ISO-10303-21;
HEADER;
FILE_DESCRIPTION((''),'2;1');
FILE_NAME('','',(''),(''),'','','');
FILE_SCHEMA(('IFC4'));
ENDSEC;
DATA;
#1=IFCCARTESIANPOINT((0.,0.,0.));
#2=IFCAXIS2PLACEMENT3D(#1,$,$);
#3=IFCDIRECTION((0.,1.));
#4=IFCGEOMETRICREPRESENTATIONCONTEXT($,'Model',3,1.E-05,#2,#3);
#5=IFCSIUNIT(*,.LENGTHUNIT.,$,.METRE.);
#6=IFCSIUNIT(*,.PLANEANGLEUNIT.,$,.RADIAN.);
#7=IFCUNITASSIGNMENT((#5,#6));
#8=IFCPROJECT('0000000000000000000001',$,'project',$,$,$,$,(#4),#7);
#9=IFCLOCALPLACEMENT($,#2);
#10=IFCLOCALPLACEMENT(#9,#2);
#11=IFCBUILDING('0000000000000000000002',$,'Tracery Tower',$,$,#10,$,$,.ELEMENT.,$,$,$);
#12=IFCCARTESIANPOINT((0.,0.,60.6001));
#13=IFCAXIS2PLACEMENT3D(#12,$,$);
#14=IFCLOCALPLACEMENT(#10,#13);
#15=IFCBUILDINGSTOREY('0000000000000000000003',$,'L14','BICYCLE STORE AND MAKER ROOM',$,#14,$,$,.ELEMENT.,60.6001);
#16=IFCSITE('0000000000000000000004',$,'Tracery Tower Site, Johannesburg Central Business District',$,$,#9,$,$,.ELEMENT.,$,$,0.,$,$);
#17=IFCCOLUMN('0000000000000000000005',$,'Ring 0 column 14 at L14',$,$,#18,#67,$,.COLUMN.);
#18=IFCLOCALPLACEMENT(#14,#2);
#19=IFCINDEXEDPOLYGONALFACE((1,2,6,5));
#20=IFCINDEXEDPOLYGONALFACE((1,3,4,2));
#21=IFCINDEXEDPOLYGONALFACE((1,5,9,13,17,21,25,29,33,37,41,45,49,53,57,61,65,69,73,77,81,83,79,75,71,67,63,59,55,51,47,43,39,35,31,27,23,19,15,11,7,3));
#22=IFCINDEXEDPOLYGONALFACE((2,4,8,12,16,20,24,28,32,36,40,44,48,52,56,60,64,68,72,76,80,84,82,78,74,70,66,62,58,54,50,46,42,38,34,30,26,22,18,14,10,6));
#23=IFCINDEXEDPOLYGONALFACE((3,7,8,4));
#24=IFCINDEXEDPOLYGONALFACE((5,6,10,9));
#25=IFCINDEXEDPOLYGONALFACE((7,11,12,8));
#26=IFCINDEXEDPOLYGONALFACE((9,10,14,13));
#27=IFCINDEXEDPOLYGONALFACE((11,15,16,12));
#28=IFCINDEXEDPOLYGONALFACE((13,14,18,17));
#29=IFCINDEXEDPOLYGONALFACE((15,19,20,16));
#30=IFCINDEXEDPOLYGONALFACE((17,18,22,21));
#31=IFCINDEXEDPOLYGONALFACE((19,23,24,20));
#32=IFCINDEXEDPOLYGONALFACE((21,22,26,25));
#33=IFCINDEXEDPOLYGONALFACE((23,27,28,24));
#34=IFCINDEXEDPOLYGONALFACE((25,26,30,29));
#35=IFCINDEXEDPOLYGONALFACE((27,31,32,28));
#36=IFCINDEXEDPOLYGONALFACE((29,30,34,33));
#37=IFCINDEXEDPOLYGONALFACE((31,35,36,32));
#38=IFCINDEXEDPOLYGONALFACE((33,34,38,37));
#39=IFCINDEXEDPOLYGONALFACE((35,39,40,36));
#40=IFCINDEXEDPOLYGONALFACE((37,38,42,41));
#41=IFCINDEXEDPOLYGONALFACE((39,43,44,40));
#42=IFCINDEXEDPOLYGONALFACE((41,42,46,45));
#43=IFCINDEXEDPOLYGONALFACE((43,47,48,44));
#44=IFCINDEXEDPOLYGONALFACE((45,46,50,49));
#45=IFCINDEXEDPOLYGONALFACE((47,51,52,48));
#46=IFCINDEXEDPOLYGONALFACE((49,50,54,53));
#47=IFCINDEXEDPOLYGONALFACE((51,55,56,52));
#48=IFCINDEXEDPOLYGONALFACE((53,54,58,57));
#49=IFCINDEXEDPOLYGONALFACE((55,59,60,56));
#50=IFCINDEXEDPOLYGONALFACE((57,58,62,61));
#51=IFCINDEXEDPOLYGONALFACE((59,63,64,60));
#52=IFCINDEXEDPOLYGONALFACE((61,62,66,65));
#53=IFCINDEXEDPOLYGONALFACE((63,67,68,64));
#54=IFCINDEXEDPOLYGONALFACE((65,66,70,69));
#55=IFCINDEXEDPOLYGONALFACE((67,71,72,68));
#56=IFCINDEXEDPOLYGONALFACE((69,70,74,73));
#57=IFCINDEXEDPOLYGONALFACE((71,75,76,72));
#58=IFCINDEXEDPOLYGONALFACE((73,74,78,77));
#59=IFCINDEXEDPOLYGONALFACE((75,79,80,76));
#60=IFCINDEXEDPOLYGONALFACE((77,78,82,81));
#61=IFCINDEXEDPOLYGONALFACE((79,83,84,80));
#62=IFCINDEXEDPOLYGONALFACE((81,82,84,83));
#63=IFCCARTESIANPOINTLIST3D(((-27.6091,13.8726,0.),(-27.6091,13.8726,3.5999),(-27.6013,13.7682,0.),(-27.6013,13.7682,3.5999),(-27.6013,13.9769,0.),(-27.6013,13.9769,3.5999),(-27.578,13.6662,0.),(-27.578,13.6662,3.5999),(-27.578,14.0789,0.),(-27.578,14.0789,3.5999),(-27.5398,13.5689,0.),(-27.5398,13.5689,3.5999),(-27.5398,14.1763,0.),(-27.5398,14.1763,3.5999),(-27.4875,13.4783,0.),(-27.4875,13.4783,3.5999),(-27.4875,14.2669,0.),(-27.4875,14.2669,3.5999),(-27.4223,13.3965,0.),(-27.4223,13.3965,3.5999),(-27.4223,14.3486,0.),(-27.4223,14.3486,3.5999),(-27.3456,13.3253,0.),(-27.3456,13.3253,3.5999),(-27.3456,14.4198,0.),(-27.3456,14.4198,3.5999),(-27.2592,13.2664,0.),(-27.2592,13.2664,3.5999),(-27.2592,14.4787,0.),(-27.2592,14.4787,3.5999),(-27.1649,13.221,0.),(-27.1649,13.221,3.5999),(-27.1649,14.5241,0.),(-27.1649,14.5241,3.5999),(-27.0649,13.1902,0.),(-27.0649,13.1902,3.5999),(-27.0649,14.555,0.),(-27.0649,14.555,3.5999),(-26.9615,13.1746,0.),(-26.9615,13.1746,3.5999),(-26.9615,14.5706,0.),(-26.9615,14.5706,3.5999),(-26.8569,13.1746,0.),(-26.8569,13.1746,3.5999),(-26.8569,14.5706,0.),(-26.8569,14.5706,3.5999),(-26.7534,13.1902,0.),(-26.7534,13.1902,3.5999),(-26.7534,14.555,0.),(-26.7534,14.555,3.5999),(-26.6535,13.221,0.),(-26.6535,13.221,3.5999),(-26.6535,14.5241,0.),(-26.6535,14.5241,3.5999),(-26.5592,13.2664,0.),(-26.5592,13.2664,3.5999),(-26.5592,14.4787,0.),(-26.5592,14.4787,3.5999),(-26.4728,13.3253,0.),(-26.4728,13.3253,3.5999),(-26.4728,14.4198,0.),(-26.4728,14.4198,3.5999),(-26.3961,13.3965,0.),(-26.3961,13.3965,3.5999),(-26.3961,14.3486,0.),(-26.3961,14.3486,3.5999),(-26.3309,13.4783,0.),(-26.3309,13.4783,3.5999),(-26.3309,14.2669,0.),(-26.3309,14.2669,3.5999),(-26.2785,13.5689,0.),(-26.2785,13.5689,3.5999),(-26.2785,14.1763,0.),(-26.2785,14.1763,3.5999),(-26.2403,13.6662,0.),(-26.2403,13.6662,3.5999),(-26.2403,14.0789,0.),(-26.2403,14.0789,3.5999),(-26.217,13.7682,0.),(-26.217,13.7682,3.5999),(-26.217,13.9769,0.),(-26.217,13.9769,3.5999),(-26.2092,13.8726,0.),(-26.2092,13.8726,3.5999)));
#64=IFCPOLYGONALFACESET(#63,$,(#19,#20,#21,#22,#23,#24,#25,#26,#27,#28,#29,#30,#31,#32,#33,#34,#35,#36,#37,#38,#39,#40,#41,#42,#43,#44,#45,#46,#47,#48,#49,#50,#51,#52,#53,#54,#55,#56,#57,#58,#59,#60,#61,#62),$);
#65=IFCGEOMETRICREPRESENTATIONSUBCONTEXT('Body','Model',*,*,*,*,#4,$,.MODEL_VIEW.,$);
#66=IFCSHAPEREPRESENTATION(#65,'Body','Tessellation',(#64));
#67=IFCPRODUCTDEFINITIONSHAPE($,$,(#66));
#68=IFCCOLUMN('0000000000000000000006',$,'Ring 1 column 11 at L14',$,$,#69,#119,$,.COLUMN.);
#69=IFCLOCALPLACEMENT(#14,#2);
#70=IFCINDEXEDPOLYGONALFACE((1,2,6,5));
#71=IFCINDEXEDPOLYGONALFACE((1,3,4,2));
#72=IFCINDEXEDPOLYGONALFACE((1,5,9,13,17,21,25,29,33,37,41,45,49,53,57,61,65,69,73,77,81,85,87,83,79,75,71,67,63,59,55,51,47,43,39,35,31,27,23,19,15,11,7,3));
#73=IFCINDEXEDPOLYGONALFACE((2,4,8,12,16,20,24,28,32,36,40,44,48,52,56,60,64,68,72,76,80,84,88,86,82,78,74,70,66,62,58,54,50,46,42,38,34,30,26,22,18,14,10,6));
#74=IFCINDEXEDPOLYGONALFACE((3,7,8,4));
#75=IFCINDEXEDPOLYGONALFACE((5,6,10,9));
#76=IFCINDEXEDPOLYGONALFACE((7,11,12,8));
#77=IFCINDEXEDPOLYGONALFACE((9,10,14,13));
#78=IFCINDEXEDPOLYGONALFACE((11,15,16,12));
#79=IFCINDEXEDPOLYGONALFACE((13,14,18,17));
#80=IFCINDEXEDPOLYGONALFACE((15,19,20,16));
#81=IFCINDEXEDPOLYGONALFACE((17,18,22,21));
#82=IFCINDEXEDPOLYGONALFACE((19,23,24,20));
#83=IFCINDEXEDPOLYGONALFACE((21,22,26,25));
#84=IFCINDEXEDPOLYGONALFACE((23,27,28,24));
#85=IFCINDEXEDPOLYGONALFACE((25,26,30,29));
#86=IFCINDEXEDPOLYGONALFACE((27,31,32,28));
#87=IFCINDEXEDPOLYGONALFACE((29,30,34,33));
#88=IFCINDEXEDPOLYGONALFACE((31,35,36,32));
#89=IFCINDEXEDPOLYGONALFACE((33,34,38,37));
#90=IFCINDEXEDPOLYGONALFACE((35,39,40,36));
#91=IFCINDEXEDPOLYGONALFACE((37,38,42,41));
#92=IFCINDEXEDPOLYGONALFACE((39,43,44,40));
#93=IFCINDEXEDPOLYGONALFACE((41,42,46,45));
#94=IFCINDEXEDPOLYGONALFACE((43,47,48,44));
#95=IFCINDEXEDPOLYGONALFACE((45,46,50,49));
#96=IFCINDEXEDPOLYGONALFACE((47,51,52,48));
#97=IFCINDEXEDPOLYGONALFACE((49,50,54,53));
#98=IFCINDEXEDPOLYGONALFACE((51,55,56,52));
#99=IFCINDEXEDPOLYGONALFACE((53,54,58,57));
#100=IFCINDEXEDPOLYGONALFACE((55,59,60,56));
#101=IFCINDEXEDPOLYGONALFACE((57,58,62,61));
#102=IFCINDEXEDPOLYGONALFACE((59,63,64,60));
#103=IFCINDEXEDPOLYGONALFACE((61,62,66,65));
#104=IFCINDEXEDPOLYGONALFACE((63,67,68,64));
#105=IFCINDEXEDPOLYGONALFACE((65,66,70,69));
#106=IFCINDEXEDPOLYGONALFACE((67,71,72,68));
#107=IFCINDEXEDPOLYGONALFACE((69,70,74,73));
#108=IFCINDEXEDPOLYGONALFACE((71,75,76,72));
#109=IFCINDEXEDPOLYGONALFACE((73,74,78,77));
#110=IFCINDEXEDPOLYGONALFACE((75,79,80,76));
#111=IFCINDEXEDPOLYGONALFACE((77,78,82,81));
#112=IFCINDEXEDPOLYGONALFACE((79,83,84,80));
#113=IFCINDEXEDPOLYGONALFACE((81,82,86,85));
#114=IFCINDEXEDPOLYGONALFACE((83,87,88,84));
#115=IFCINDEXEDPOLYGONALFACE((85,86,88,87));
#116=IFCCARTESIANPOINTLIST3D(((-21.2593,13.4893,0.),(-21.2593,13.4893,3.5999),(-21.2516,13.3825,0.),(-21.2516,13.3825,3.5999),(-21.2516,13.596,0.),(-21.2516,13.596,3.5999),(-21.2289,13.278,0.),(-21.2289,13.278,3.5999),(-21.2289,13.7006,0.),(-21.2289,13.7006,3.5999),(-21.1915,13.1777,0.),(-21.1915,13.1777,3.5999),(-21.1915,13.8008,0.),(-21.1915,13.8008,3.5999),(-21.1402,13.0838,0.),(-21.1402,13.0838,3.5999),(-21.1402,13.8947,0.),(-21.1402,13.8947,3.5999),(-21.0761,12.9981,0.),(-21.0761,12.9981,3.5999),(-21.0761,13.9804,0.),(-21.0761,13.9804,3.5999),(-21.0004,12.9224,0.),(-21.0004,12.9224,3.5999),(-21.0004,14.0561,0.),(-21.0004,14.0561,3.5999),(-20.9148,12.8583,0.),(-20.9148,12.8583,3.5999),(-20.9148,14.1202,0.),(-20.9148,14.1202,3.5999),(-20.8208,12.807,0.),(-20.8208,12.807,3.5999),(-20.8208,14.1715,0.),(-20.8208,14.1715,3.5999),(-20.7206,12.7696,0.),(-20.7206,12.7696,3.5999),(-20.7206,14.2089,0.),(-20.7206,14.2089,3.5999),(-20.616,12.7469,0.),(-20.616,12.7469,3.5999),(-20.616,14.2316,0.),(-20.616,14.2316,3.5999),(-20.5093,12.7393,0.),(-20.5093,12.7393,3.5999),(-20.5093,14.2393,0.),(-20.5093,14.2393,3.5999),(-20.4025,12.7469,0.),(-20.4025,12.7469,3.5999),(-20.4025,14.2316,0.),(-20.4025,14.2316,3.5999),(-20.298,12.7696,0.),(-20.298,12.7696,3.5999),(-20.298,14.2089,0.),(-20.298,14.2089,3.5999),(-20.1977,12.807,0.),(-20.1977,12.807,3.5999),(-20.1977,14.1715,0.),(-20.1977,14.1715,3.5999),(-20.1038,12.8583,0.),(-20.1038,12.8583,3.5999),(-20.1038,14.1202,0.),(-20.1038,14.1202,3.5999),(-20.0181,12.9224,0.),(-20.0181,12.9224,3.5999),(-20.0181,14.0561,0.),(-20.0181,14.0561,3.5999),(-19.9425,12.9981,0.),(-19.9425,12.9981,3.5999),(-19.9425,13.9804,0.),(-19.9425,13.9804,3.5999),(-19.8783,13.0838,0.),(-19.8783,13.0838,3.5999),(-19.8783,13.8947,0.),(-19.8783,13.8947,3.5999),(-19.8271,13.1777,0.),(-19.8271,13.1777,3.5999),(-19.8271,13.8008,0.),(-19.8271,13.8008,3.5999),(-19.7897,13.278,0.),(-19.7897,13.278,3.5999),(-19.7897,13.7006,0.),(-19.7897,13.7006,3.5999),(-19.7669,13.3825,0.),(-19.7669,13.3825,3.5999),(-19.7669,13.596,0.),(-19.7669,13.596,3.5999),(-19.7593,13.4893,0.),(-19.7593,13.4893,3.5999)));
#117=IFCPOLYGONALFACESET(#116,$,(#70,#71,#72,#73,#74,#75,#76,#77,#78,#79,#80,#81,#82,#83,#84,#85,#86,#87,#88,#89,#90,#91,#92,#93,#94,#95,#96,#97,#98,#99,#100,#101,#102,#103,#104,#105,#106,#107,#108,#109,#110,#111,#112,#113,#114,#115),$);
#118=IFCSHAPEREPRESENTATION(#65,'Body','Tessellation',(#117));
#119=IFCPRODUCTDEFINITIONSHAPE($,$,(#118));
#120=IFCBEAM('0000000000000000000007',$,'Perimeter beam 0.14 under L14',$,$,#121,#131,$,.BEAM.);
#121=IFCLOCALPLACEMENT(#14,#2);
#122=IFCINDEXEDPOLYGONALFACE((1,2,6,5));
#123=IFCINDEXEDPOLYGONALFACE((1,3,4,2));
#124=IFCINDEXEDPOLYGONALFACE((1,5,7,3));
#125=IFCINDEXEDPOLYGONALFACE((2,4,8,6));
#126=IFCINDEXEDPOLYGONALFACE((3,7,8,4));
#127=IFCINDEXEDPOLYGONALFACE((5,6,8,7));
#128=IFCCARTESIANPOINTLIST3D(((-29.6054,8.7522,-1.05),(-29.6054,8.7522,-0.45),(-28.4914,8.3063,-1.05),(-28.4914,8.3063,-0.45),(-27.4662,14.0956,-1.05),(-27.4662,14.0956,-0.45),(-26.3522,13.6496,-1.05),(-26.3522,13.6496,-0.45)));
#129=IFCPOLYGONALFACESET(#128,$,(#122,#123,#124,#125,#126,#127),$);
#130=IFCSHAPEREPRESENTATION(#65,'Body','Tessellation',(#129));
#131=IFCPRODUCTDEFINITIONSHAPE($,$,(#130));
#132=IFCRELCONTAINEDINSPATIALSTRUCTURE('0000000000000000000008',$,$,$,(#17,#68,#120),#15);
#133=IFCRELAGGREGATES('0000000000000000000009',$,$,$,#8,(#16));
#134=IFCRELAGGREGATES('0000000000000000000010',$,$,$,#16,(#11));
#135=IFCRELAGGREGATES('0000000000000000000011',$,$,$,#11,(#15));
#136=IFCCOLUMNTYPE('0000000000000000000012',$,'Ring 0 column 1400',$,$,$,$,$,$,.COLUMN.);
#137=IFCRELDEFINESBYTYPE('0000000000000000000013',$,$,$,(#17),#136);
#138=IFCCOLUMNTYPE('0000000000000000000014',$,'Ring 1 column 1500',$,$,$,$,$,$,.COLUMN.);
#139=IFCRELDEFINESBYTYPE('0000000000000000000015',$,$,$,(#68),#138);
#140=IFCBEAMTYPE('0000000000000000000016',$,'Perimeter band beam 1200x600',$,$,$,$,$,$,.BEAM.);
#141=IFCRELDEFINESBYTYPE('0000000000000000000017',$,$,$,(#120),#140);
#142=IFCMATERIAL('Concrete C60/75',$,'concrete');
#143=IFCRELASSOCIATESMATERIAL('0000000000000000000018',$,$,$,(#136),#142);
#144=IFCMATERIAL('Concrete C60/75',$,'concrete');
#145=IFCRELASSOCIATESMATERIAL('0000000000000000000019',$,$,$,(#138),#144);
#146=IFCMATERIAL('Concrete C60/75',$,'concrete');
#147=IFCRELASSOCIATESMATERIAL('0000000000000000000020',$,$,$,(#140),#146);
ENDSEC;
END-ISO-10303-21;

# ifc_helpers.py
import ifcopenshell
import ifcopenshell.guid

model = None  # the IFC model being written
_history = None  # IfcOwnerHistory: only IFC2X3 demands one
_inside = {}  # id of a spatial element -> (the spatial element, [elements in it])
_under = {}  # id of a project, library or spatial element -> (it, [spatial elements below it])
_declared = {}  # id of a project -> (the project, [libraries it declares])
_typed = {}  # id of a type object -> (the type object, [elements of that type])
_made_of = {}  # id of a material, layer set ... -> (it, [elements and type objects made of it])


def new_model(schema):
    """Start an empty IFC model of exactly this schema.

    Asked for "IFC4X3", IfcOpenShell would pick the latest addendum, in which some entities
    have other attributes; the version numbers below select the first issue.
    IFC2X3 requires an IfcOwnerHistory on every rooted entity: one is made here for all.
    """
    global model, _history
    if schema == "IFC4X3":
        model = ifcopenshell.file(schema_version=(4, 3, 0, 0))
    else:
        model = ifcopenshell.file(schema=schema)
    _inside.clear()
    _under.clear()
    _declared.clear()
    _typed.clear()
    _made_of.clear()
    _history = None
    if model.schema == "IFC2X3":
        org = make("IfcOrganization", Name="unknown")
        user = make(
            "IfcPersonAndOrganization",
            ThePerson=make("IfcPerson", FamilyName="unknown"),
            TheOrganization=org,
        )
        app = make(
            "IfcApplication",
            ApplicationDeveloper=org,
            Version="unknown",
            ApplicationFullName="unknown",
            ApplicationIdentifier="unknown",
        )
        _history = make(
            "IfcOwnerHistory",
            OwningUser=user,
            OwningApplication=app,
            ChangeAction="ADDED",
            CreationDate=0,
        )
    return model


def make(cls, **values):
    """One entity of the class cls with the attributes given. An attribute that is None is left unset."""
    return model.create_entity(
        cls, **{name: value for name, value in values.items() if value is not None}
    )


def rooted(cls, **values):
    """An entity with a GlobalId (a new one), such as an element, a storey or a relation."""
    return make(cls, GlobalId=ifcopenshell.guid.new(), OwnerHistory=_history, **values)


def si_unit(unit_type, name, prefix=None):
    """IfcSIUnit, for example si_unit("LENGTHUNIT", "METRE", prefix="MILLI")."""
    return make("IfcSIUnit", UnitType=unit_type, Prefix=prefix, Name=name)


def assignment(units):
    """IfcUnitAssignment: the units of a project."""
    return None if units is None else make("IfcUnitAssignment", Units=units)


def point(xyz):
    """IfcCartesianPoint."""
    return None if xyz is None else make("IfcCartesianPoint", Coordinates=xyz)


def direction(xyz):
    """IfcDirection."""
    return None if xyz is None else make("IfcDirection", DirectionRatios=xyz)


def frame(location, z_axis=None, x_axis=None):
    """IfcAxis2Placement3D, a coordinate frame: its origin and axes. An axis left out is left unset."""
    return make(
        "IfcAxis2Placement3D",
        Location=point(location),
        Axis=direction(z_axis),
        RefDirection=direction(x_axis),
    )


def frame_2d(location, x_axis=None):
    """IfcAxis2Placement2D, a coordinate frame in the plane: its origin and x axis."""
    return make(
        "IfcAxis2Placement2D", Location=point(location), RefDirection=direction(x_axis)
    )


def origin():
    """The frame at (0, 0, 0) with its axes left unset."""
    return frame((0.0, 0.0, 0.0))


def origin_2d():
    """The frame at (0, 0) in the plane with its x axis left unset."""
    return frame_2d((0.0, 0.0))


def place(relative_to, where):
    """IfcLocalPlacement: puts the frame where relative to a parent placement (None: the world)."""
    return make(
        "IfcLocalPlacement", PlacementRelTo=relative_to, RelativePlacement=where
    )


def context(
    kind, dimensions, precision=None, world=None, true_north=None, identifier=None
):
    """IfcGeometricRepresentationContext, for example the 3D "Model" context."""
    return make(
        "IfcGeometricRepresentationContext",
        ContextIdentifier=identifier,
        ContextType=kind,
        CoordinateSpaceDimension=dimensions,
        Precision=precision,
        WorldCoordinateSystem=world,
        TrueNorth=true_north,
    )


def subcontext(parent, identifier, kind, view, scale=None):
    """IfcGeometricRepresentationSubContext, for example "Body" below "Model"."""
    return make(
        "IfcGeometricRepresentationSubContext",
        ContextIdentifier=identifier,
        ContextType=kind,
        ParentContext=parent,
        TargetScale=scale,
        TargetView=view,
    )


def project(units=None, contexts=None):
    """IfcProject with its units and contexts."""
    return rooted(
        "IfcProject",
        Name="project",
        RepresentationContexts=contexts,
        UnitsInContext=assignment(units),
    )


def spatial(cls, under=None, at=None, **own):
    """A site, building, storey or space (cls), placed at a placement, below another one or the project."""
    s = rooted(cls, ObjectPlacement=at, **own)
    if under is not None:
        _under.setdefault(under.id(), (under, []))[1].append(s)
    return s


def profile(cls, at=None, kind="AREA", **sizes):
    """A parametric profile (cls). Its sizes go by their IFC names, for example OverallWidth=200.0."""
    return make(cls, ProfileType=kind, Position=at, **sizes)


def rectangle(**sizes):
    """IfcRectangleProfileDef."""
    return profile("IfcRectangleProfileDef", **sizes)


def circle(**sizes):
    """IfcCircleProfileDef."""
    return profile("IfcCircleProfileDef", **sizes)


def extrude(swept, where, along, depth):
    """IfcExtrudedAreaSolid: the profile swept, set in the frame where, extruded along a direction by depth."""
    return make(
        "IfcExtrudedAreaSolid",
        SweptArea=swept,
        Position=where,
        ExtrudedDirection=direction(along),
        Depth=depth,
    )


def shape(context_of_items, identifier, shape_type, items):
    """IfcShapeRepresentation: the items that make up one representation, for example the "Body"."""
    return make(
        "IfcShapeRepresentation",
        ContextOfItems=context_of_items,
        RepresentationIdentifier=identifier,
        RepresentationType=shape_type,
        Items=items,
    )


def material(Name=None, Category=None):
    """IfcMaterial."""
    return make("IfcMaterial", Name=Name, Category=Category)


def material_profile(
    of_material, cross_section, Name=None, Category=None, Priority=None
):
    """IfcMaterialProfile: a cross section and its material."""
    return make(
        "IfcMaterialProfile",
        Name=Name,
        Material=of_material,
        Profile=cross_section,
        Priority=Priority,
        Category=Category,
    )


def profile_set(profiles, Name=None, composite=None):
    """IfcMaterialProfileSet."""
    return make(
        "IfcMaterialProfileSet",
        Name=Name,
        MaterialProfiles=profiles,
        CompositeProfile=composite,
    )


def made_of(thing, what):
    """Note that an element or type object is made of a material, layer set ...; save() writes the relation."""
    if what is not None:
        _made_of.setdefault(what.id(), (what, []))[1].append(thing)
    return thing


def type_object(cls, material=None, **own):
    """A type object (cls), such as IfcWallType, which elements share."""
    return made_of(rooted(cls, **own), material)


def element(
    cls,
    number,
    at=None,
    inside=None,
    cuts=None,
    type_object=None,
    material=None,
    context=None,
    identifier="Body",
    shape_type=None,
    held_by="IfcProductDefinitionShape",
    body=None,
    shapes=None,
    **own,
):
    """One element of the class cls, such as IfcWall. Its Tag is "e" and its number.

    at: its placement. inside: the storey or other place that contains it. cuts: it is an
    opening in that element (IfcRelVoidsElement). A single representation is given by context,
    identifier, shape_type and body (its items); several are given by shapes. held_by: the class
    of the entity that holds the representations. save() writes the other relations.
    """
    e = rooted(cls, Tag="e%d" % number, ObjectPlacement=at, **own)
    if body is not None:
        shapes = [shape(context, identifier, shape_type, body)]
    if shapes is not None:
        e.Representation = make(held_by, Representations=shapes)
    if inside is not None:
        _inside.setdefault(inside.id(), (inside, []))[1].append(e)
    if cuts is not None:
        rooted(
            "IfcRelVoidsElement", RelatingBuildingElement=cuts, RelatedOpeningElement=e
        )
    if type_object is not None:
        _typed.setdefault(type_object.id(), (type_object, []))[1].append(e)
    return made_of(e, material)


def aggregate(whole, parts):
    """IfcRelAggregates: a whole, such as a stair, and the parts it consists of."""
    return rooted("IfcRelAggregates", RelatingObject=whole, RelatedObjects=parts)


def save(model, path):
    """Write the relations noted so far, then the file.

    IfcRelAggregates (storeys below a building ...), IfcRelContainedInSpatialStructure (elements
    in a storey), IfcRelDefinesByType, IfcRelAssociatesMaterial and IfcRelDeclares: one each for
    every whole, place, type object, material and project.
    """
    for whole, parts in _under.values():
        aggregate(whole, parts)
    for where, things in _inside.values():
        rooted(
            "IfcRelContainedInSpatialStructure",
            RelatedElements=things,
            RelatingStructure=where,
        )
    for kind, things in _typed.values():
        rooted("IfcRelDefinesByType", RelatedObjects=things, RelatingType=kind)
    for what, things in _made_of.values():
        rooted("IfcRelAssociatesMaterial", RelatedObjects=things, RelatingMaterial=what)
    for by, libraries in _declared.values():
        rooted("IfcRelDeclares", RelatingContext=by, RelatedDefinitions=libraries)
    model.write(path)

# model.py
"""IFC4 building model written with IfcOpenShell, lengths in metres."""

from ifc_helpers import new_model, si_unit, direction, frame, origin, origin_2d, place, context, subcontext, project, spatial, rectangle, circle, extrude, material, material_profile, profile_set, type_object, element, save


model = new_model("IFC4")

# Units and contexts
model_context = context("Model", 3, precision=1e-05, world=origin(), true_north=direction((0.0, 1.0)))
body_context = subcontext(model_context, "Body", "Model", "MODEL_VIEW")
ifc_project = project(units=[si_unit("LENGTHUNIT", "METRE"), si_unit("PLANEANGLEUNIT", "RADIAN")], contexts=[model_context])

# Site, building, storey
site_placement = place(None, origin())
site = spatial("IfcSite", under=ifc_project, at=site_placement, Name="Tracery Tower Site, Johannesburg Central Business District", CompositionType="ELEMENT", RefElevation=0.0)
building_placement = place(site_placement, origin())
building = spatial("IfcBuilding", under=site, at=building_placement, Name="Tracery Tower", CompositionType="ELEMENT")
storey_placement = place(building_placement, frame((0.0, 0.0, 60.6001)))
storey = spatial("IfcBuildingStorey", under=building, at=storey_placement, Name="L14", Description="BICYCLE STORE AND MAKER ROOM", CompositionType="ELEMENT", Elevation=60.6001)

# Columns
ifc_material_1 = material(Name="Concrete C60/75", Category="concrete")
ifc_material_profile_1 = material_profile(ifc_material_1, circle(Radius=0.7, at=origin_2d()), Name="RC D1400")
ifc_profile_set_1 = profile_set([ifc_material_profile_1], Name="Concrete C60/75")
column_type_1 = type_object("IfcColumnType", Name="Ring 0 column 1400", PredefinedType="COLUMN", material=ifc_profile_set_1)
column_1_placement = place(storey_placement, frame((-26.9092, 13.8726, 0.0), z_axis=(0.0, 0.0, 1.0), x_axis=(1.0, 0.0, 0.0)))
element("IfcColumn", 1, at=column_1_placement, inside=storey, type_object=column_type_1, Name="Ring 0 column 14 at L14", PredefinedType="COLUMN", context=body_context, shape_type="SweptSolid", body=[
    extrude(circle(Radius=0.7, at=origin_2d()), origin(), (0.0, 0.0, 1.0), 3.5999),
])
ifc_material_2 = material(Name="Concrete C60/75", Category="concrete")
ifc_material_profile_2 = material_profile(ifc_material_2, circle(Radius=0.75, at=origin_2d()), Name="RC D1500")
ifc_profile_set_2 = profile_set([ifc_material_profile_2], Name="Concrete C60/75")
column_type_2 = type_object("IfcColumnType", Name="Ring 1 column 1500", PredefinedType="COLUMN", material=ifc_profile_set_2)
column_2_placement = place(storey_placement, frame((-20.5093, 13.4893, 0.0), z_axis=(0.0, 0.0, 1.0), x_axis=(1.0, 0.0, 0.0)))
element("IfcColumn", 2, at=column_2_placement, inside=storey, type_object=column_type_2, Name="Ring 1 column 11 at L14", PredefinedType="COLUMN", context=body_context, shape_type="SweptSolid", body=[
    extrude(circle(Radius=0.75, at=origin_2d()), origin(), (0.0, 0.0, 1.0), 3.5999),
])

# Beam
ifc_material_3 = material(Name="Concrete C60/75", Category="concrete")
ifc_material_profile_3 = material_profile(ifc_material_3, rectangle(XDim=1.2, YDim=0.6001, at=origin_2d()), Name="RC 1200x600")
ifc_profile_set_3 = profile_set([ifc_material_profile_3], Name="Concrete C60/75")
beam_type = type_object("IfcBeamType", Name="Perimeter band beam 1200x600", PredefinedType="BEAM", material=ifc_profile_set_3)
beam_placement = place(storey_placement, frame((-26.9092, 13.8726, -0.75), z_axis=(-0.371669, -0.928365, 0.0), x_axis=(0.928365, -0.371669, 0.0)))
element("IfcBeam", 3, at=beam_placement, inside=storey, type_object=beam_type, Name="Perimeter beam 0.14 under L14", PredefinedType="BEAM", context=body_context, shape_type="SweptSolid", body=[
    extrude(rectangle(XDim=1.2, YDim=0.6001, at=origin_2d()), origin(), (0.0, 0.0, 1.0), 5.7556),
])

save(model, "model.ifc")
